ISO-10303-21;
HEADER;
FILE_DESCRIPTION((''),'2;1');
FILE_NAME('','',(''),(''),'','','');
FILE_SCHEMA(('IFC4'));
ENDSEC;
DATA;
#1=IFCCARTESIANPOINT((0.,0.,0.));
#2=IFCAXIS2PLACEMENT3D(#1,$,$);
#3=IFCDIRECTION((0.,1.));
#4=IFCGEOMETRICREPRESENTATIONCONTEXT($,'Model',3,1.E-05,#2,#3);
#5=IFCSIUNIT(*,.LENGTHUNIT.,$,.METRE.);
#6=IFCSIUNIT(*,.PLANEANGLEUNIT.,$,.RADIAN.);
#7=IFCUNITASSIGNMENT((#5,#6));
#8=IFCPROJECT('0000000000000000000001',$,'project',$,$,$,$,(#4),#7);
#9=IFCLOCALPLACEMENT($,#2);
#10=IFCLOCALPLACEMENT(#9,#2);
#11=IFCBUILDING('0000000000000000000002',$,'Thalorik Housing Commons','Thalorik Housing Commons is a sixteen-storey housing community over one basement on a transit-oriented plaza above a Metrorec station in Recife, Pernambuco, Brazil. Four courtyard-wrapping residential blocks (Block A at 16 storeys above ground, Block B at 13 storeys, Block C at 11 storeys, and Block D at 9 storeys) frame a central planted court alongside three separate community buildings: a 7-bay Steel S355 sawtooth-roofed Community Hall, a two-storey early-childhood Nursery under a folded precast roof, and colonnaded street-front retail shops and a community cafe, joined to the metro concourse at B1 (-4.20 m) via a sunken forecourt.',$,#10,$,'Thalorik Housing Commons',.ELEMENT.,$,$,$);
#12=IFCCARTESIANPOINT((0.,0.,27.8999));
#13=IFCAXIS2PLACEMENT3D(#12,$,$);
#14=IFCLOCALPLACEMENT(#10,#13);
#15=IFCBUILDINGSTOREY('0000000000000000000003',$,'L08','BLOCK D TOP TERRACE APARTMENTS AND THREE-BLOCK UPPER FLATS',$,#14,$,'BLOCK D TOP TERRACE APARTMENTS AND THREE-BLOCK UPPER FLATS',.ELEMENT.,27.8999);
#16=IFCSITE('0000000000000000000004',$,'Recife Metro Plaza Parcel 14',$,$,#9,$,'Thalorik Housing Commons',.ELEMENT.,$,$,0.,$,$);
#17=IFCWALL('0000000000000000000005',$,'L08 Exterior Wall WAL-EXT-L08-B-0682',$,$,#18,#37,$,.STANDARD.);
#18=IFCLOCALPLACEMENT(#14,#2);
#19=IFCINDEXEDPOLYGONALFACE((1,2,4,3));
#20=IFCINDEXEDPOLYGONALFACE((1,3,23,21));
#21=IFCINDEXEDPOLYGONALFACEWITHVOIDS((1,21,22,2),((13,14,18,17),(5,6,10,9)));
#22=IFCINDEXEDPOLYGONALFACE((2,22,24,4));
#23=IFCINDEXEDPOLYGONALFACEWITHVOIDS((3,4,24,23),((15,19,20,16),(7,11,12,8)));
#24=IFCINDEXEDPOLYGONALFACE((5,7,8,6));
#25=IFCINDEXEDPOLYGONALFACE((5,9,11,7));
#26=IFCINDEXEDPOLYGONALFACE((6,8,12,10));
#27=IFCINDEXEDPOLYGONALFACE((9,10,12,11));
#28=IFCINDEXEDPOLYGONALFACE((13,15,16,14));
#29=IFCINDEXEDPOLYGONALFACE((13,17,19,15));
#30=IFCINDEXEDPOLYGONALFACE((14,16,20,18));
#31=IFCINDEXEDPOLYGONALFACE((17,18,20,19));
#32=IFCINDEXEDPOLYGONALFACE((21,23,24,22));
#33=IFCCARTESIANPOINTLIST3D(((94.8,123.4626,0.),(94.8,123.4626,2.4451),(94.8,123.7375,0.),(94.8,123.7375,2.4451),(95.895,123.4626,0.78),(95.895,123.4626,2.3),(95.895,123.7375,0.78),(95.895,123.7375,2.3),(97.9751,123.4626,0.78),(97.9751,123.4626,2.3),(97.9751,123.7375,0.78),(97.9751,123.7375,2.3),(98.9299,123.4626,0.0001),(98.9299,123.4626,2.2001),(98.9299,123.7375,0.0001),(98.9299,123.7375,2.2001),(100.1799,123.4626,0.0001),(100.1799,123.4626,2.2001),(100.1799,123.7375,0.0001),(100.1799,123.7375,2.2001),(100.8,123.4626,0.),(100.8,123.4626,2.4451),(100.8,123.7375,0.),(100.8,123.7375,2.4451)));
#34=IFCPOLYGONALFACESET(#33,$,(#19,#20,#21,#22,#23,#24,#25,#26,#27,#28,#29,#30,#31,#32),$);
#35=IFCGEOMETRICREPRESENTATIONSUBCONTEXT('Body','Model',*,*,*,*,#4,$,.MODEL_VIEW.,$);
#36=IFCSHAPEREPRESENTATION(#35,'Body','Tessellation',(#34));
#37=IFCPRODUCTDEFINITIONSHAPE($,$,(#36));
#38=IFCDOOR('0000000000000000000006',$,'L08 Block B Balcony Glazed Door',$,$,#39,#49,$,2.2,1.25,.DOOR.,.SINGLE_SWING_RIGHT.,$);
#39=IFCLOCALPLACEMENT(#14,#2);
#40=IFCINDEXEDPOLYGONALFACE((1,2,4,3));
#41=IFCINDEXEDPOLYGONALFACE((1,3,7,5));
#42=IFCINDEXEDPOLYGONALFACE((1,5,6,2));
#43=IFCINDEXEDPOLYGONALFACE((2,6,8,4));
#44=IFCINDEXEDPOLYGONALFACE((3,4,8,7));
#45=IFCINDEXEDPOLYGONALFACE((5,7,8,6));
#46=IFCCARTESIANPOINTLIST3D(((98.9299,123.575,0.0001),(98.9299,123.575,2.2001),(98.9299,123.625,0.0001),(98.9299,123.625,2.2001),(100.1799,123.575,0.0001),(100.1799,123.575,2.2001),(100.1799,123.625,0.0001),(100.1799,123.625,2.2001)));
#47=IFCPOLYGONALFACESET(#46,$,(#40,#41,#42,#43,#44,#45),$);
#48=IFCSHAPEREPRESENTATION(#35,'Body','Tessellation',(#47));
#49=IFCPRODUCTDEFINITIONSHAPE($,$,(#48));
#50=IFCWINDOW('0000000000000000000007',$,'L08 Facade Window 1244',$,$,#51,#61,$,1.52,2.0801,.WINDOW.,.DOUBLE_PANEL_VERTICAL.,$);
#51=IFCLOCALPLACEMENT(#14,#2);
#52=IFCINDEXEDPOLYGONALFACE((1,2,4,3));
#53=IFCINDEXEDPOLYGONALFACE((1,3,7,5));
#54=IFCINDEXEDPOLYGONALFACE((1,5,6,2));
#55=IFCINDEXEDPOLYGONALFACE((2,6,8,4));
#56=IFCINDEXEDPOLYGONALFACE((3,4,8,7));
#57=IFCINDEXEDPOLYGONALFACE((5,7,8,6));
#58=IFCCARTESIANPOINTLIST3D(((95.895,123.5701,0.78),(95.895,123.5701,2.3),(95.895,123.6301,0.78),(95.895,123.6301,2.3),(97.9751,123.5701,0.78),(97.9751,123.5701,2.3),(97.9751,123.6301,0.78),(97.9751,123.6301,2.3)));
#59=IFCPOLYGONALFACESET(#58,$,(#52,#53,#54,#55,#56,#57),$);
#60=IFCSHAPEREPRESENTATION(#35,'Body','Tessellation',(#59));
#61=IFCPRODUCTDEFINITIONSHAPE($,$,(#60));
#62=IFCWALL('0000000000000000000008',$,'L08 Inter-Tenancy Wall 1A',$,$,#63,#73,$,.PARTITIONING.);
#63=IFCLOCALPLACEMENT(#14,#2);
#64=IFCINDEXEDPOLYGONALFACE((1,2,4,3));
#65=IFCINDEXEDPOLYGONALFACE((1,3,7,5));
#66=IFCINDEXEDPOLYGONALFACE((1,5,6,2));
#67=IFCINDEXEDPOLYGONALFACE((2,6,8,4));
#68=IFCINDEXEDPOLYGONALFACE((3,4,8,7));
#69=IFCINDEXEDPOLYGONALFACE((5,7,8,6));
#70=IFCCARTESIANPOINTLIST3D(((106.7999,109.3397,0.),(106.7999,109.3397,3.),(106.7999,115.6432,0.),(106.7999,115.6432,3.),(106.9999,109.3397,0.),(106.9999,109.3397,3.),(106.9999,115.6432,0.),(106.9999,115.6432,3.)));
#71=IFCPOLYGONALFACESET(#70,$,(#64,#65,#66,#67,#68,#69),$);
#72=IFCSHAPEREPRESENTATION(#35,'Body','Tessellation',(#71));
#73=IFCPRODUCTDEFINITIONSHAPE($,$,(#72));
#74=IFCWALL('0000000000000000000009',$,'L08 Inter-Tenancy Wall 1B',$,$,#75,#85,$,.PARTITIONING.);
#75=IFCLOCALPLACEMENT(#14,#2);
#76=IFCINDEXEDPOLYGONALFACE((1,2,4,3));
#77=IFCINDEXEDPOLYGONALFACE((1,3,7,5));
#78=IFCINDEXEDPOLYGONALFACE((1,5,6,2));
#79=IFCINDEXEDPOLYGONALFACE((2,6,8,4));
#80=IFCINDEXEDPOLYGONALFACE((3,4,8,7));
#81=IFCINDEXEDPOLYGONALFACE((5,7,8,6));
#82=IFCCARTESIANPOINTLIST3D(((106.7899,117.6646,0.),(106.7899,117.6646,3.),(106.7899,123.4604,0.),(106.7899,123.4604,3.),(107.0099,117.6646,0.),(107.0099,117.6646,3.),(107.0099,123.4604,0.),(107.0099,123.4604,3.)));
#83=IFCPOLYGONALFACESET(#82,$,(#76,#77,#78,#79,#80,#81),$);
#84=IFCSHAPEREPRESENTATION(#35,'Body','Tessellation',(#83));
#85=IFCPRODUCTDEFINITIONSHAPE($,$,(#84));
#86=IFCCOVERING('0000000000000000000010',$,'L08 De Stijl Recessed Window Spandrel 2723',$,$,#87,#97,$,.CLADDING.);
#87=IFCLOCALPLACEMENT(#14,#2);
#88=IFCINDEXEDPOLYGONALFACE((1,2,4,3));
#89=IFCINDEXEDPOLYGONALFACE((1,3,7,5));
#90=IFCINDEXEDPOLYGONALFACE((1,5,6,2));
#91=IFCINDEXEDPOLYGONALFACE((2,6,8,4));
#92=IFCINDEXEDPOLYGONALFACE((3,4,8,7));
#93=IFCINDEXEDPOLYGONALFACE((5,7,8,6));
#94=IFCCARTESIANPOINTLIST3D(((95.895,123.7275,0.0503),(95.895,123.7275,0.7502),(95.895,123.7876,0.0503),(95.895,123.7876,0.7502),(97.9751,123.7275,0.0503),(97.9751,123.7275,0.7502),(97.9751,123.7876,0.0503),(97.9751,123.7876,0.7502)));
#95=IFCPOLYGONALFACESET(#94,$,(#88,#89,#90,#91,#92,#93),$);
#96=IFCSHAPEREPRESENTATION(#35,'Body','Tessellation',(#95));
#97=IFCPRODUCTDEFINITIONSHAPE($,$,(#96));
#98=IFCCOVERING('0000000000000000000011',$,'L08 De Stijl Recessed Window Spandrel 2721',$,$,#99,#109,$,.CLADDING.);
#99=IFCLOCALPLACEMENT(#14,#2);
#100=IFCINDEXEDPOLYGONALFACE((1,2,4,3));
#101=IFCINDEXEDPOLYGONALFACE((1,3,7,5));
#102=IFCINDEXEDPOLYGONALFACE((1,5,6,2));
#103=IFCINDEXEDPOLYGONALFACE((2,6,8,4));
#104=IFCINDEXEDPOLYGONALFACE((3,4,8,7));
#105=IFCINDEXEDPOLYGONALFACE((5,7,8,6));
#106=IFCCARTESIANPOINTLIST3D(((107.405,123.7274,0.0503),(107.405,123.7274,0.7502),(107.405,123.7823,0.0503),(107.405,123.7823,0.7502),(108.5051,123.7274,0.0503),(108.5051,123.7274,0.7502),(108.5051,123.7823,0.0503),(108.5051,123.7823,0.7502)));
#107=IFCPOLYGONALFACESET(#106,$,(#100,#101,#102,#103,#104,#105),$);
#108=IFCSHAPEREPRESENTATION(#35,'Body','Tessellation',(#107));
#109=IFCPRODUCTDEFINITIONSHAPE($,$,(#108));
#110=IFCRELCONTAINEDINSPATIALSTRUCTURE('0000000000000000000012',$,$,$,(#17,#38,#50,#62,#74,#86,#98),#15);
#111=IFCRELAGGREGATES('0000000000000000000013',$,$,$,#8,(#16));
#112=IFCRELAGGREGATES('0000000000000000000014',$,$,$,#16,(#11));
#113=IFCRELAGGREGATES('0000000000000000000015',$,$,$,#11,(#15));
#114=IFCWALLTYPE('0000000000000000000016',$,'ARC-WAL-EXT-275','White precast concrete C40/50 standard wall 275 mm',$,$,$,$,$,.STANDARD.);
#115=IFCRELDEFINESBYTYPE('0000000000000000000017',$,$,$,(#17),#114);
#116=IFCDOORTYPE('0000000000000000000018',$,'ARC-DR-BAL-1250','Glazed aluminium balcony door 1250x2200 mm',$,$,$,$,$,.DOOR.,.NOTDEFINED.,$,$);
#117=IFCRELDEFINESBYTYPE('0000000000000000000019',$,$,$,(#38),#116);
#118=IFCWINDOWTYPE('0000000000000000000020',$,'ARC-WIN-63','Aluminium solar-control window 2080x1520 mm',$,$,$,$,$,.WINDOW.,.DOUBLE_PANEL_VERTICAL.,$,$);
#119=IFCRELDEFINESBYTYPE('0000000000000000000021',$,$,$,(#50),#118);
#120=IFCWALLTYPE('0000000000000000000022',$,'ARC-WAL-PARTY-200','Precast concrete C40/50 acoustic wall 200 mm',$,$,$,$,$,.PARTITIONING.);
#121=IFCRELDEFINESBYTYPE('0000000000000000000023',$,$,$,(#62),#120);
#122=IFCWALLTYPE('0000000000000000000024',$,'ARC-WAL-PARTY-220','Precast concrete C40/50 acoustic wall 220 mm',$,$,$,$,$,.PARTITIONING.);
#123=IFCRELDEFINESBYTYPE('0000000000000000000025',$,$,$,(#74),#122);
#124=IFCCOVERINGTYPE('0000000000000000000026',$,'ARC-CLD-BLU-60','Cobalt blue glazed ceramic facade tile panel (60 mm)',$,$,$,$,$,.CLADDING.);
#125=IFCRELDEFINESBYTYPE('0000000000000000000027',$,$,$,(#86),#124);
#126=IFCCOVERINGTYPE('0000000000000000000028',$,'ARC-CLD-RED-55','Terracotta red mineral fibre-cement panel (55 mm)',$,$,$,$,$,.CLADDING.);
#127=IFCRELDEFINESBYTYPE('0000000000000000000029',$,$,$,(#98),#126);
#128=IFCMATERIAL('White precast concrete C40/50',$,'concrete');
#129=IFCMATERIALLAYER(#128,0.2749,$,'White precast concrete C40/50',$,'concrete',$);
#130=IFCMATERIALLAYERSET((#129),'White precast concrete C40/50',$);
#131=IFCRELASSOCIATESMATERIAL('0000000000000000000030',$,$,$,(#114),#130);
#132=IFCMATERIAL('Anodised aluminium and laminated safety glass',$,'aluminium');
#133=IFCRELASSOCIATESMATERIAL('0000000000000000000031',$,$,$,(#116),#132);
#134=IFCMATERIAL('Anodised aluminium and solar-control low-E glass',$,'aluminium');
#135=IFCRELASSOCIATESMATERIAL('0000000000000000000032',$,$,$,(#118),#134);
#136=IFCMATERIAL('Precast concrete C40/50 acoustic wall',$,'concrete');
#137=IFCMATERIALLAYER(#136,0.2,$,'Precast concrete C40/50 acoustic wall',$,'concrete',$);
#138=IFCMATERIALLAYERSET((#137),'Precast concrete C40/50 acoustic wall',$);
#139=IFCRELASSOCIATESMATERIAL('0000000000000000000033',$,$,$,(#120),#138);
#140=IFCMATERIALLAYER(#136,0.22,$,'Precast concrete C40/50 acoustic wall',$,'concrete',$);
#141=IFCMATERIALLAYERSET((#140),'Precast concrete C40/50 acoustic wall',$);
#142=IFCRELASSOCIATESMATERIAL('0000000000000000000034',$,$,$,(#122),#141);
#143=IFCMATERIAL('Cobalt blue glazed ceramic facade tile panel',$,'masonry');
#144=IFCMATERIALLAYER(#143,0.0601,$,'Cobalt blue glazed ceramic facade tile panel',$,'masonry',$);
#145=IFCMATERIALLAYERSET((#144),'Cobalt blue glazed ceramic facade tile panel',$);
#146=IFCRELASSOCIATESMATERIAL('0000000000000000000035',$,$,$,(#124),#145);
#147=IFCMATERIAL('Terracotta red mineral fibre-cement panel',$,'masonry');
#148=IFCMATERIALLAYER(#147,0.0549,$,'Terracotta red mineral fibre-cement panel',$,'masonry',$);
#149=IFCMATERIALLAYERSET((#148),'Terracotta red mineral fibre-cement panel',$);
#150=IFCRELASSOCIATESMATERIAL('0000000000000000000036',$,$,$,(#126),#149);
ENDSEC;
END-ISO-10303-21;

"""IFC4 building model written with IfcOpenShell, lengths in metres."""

from ifc_helpers import new_model, si_unit, direction, frame, frame_2d, origin, origin_2d, place, context, subcontext, project, spatial, rectangle, extrude, material, layer, layer_set, type_object, element, fill, save


model = new_model("IFC4")

# Units and contexts
model_context = context("Model", 3, precision=1e-05, world=origin(), true_north=direction((0.0, 1.0)))
body_context = subcontext(model_context, "Body", "Model", "MODEL_VIEW")
ifc_project = project(units=[si_unit("LENGTHUNIT", "METRE"), si_unit("PLANEANGLEUNIT", "RADIAN")], contexts=[model_context])

# Site, building, storey
site_placement = place(None, origin())
site = spatial("IfcSite", under=ifc_project, at=site_placement, Name="Recife Metro Plaza Parcel 14", LongName="Thalorik Housing Commons", CompositionType="ELEMENT", RefElevation=0.0)
building_placement = place(site_placement, origin())
building = spatial("IfcBuilding", under=site, at=building_placement, Name="Thalorik Housing Commons", Description="Thalorik Housing Commons is a sixteen-storey housing community over one basement on a transit-oriented plaza above a Metrorec station in Recife, Pernambuco, Brazil. Four courtyard-wrapping residential blocks (Block A at 16 storeys above ground, Block B at 13 storeys, Block C at 11 storeys, and Block D at 9 storeys) frame a central planted court alongside three separate community buildings: a 7-bay Steel S355 sawtooth-roofed Community Hall, a two-storey early-childhood Nursery under a folded precast roof, and colonnaded street-front retail shops and a community cafe, joined to the metro concourse at B1 (-4.20 m) via a sunken forecourt.", LongName="Thalorik Housing Commons", CompositionType="ELEMENT")
storey_placement = place(building_placement, frame((0.0, 0.0, 27.8999)))
storey = spatial("IfcBuildingStorey", under=building, at=storey_placement, Name="L08", Description="BLOCK D TOP TERRACE APARTMENTS AND THREE-BLOCK UPPER FLATS", LongName="BLOCK D TOP TERRACE APARTMENTS AND THREE-BLOCK UPPER FLATS", CompositionType="ELEMENT", Elevation=27.8999)

# Wall, openings, door, window
ifc_material_1 = material(Name="White precast concrete C40/50", Category="concrete")
ifc_layer_1 = layer(ifc_material_1, 0.2749, Name="White precast concrete C40/50", Category="concrete")
ifc_layer_set_1 = layer_set([ifc_layer_1], Name="White precast concrete C40/50")
wall_type_1 = type_object("IfcWallType", Name="ARC-WAL-EXT-275", Description="White precast concrete C40/50 standard wall 275 mm", PredefinedType="STANDARD", material=ifc_layer_set_1)
wall_1_placement = place(storey_placement, frame((100.8, 123.6001, 0.0), z_axis=(0.0, 0.0, 1.0), x_axis=(-1.0, 0.0, 0.0)))
wall_1 = element("IfcWall", 1, at=wall_1_placement, inside=storey, type_object=wall_type_1, Name="L08 Exterior Wall WAL-EXT-L08-B-0682", PredefinedType="STANDARD", context=body_context, shape_type="SweptSolid", body=[
    extrude(rectangle(XDim=6.0, YDim=0.2749, at=frame_2d((3.0, 0.0))), origin(), (0.0, 0.0, 1.0), 2.4451),
])
opening_1_placement = place(wall_1_placement, frame((0.6201, 0.0, 0.0)))
opening_1 = element("IfcOpeningElement", 2, at=opening_1_placement, cuts=wall_1, PredefinedType="OPENING", context=body_context, shape_type="SweptSolid", body=[
    extrude(rectangle(XDim=1.25, YDim=2.2, at=frame_2d((0.625, 1.1001))), frame((0.0, 0.1475, 0.0), z_axis=(0.0, -1.0, 0.0), x_axis=(1.0, 0.0, 0.0)), (0.0, 0.0, 1.0), 0.2949),
])
opening_2_placement = place(wall_1_placement, frame((2.825, 0.0, 0.78)))
opening_2 = element("IfcOpeningElement", 3, at=opening_2_placement, cuts=wall_1, PredefinedType="OPENING", context=body_context, shape_type="SweptSolid", body=[
    extrude(rectangle(XDim=2.0801, YDim=1.52, at=frame_2d((1.04, 0.76))), frame((0.0, 0.1475, 0.0), z_axis=(0.0, -1.0, 0.0), x_axis=(1.0, 0.0, 0.0)), (0.0, 0.0, 1.0), 0.2949),
])
ifc_material_2 = material(Name="Anodised aluminium and laminated safety glass", Category="aluminium")
door_type_1 = type_object("IfcDoorType", Name="ARC-DR-BAL-1250", Description="Glazed aluminium balcony door 1250x2200 mm", OperationType="NOTDEFINED", PredefinedType="DOOR", material=ifc_material_2)
door_1_placement = place(opening_1_placement, frame((1.25, 0.0, 0.0), z_axis=(0.0, 0.0, 1.0), x_axis=(-1.0, 0.0, 0.0)))
door_1 = element("IfcDoor", 4, at=door_1_placement, inside=storey, type_object=door_type_1, Name="L08 Block B Balcony Glazed Door", OperationType="SINGLE_SWING_RIGHT", OverallHeight=2.2, OverallWidth=1.25, PredefinedType="DOOR", context=body_context, shape_type="SweptSolid", body=[
    extrude(rectangle(XDim=1.25, YDim=2.2, at=frame_2d((0.625, 1.1001))), frame((0.0, 0.0249, 0.0), z_axis=(0.0, -1.0, 0.0), x_axis=(1.0, 0.0, 0.0)), (0.0, 0.0, 1.0), 0.05),
])
fill(opening_1, door_1)
ifc_material_3 = material(Name="Anodised aluminium and solar-control low-E glass", Category="aluminium")
window_type_1 = type_object("IfcWindowType", Name="ARC-WIN-63", Description="Aluminium solar-control window 2080x1520 mm", PartitioningType="DOUBLE_PANEL_VERTICAL", PredefinedType="WINDOW", material=ifc_material_3)
window_1_placement = place(opening_2_placement, origin())
window_1 = element("IfcWindow", 5, at=window_1_placement, inside=storey, type_object=window_type_1, Name="L08 Facade Window 1244", OverallHeight=1.52, OverallWidth=2.0801, PartitioningType="DOUBLE_PANEL_VERTICAL", PredefinedType="WINDOW", context=body_context, shape_type="SweptSolid", body=[
    extrude(rectangle(XDim=2.0801, YDim=1.52, at=frame_2d((1.04, 0.76))), frame((0.0, 0.03, 0.0), z_axis=(0.0, -1.0, 0.0), x_axis=(1.0, 0.0, 0.0)), (0.0, 0.0, 1.0), 0.0601),
])
fill(opening_2, window_1)

# Walls
ifc_material_4 = material(Name="Precast concrete C40/50 acoustic wall", Category="concrete")
ifc_layer_2 = layer(ifc_material_4, 0.2, Name="Precast concrete C40/50 acoustic wall", Category="concrete")
ifc_layer_set_2 = layer_set([ifc_layer_2], Name="Precast concrete C40/50 acoustic wall")
wall_type_2 = type_object("IfcWallType", Name="ARC-WAL-PARTY-200", Description="Precast concrete C40/50 acoustic wall 200 mm", PredefinedType="PARTITIONING", material=ifc_layer_set_2)
wall_2_placement = place(storey_placement, frame((106.8999, 109.3396, 0.0), z_axis=(0.0, 0.0, 1.0), x_axis=(0.0, 1.0, 0.0)))
element("IfcWall", 6, at=wall_2_placement, inside=storey, type_object=wall_type_2, Name="L08 Inter-Tenancy Wall 1A", PredefinedType="PARTITIONING", context=body_context, shape_type="SweptSolid", body=[
    extrude(rectangle(XDim=6.3035, YDim=0.2, at=frame_2d((3.1519, 0.0))), origin(), (0.0, 0.0, 1.0), 3.0),
])
ifc_layer_3 = layer(ifc_material_4, 0.22, Name="Precast concrete C40/50 acoustic wall", Category="concrete")
ifc_layer_set_3 = layer_set([ifc_layer_3], Name="Precast concrete C40/50 acoustic wall")
wall_type_3 = type_object("IfcWallType", Name="ARC-WAL-PARTY-220", Description="Precast concrete C40/50 acoustic wall 220 mm", PredefinedType="PARTITIONING", material=ifc_layer_set_3)
wall_3_placement = place(storey_placement, frame((106.8999, 117.6646, 0.0), z_axis=(0.0, 0.0, 1.0), x_axis=(0.0, 1.0, 0.0)))
element("IfcWall", 7, at=wall_3_placement, inside=storey, type_object=wall_type_3, Name="L08 Inter-Tenancy Wall 1B", PredefinedType="PARTITIONING", context=body_context, shape_type="SweptSolid", body=[
    extrude(rectangle(XDim=5.7959, YDim=0.22, at=frame_2d((2.8979, 0.0))), origin(), (0.0, 0.0, 1.0), 3.0),
])

# Coverings
ifc_material_5 = material(Name="Cobalt blue glazed ceramic facade tile panel", Category="masonry")
ifc_layer_4 = layer(ifc_material_5, 0.0601, Name="Cobalt blue glazed ceramic facade tile panel", Category="masonry")
ifc_layer_set_4 = layer_set([ifc_layer_4], Name="Cobalt blue glazed ceramic facade tile panel")
covering_type_1 = type_object("IfcCoveringType", Name="ARC-CLD-BLU-60", Description="Cobalt blue glazed ceramic facade tile panel (60 mm)", PredefinedType="CLADDING", material=ifc_layer_set_4)
covering_1_placement = place(storey_placement, frame((96.9351, 123.7576, 0.0503), z_axis=(0.0, 0.0, 1.0), x_axis=(-1.0, 0.0, 0.0)))
element("IfcCovering", 8, at=covering_1_placement, inside=storey, type_object=covering_type_1, Name="L08 De Stijl Recessed Window Spandrel 2723", PredefinedType="CLADDING", context=body_context, shape_type="SweptSolid", body=[
    extrude(rectangle(XDim=2.0801, YDim=0.0601, at=origin_2d()), origin(), (0.0, 0.0, 1.0), 0.7),
])
ifc_material_6 = material(Name="Terracotta red mineral fibre-cement panel", Category="masonry")
ifc_layer_5 = layer(ifc_material_6, 0.0549, Name="Terracotta red mineral fibre-cement panel", Category="masonry")
ifc_layer_set_5 = layer_set([ifc_layer_5], Name="Terracotta red mineral fibre-cement panel")
covering_type_2 = type_object("IfcCoveringType", Name="ARC-CLD-RED-55", Description="Terracotta red mineral fibre-cement panel (55 mm)", PredefinedType="CLADDING", material=ifc_layer_set_5)
covering_2_placement = place(storey_placement, frame((107.9551, 123.7549, 0.0503), z_axis=(0.0, 0.0, 1.0), x_axis=(-1.0, 0.0, 0.0)))
element("IfcCovering", 9, at=covering_2_placement, inside=storey, type_object=covering_type_2, Name="L08 De Stijl Recessed Window Spandrel 2721", PredefinedType="CLADDING", context=body_context, shape_type="SweptSolid", body=[
    extrude(rectangle(XDim=1.1001, YDim=0.0549, at=origin_2d()), origin(), (0.0, 0.0, 1.0), 0.7),
])

save(model, "model.ifc")
